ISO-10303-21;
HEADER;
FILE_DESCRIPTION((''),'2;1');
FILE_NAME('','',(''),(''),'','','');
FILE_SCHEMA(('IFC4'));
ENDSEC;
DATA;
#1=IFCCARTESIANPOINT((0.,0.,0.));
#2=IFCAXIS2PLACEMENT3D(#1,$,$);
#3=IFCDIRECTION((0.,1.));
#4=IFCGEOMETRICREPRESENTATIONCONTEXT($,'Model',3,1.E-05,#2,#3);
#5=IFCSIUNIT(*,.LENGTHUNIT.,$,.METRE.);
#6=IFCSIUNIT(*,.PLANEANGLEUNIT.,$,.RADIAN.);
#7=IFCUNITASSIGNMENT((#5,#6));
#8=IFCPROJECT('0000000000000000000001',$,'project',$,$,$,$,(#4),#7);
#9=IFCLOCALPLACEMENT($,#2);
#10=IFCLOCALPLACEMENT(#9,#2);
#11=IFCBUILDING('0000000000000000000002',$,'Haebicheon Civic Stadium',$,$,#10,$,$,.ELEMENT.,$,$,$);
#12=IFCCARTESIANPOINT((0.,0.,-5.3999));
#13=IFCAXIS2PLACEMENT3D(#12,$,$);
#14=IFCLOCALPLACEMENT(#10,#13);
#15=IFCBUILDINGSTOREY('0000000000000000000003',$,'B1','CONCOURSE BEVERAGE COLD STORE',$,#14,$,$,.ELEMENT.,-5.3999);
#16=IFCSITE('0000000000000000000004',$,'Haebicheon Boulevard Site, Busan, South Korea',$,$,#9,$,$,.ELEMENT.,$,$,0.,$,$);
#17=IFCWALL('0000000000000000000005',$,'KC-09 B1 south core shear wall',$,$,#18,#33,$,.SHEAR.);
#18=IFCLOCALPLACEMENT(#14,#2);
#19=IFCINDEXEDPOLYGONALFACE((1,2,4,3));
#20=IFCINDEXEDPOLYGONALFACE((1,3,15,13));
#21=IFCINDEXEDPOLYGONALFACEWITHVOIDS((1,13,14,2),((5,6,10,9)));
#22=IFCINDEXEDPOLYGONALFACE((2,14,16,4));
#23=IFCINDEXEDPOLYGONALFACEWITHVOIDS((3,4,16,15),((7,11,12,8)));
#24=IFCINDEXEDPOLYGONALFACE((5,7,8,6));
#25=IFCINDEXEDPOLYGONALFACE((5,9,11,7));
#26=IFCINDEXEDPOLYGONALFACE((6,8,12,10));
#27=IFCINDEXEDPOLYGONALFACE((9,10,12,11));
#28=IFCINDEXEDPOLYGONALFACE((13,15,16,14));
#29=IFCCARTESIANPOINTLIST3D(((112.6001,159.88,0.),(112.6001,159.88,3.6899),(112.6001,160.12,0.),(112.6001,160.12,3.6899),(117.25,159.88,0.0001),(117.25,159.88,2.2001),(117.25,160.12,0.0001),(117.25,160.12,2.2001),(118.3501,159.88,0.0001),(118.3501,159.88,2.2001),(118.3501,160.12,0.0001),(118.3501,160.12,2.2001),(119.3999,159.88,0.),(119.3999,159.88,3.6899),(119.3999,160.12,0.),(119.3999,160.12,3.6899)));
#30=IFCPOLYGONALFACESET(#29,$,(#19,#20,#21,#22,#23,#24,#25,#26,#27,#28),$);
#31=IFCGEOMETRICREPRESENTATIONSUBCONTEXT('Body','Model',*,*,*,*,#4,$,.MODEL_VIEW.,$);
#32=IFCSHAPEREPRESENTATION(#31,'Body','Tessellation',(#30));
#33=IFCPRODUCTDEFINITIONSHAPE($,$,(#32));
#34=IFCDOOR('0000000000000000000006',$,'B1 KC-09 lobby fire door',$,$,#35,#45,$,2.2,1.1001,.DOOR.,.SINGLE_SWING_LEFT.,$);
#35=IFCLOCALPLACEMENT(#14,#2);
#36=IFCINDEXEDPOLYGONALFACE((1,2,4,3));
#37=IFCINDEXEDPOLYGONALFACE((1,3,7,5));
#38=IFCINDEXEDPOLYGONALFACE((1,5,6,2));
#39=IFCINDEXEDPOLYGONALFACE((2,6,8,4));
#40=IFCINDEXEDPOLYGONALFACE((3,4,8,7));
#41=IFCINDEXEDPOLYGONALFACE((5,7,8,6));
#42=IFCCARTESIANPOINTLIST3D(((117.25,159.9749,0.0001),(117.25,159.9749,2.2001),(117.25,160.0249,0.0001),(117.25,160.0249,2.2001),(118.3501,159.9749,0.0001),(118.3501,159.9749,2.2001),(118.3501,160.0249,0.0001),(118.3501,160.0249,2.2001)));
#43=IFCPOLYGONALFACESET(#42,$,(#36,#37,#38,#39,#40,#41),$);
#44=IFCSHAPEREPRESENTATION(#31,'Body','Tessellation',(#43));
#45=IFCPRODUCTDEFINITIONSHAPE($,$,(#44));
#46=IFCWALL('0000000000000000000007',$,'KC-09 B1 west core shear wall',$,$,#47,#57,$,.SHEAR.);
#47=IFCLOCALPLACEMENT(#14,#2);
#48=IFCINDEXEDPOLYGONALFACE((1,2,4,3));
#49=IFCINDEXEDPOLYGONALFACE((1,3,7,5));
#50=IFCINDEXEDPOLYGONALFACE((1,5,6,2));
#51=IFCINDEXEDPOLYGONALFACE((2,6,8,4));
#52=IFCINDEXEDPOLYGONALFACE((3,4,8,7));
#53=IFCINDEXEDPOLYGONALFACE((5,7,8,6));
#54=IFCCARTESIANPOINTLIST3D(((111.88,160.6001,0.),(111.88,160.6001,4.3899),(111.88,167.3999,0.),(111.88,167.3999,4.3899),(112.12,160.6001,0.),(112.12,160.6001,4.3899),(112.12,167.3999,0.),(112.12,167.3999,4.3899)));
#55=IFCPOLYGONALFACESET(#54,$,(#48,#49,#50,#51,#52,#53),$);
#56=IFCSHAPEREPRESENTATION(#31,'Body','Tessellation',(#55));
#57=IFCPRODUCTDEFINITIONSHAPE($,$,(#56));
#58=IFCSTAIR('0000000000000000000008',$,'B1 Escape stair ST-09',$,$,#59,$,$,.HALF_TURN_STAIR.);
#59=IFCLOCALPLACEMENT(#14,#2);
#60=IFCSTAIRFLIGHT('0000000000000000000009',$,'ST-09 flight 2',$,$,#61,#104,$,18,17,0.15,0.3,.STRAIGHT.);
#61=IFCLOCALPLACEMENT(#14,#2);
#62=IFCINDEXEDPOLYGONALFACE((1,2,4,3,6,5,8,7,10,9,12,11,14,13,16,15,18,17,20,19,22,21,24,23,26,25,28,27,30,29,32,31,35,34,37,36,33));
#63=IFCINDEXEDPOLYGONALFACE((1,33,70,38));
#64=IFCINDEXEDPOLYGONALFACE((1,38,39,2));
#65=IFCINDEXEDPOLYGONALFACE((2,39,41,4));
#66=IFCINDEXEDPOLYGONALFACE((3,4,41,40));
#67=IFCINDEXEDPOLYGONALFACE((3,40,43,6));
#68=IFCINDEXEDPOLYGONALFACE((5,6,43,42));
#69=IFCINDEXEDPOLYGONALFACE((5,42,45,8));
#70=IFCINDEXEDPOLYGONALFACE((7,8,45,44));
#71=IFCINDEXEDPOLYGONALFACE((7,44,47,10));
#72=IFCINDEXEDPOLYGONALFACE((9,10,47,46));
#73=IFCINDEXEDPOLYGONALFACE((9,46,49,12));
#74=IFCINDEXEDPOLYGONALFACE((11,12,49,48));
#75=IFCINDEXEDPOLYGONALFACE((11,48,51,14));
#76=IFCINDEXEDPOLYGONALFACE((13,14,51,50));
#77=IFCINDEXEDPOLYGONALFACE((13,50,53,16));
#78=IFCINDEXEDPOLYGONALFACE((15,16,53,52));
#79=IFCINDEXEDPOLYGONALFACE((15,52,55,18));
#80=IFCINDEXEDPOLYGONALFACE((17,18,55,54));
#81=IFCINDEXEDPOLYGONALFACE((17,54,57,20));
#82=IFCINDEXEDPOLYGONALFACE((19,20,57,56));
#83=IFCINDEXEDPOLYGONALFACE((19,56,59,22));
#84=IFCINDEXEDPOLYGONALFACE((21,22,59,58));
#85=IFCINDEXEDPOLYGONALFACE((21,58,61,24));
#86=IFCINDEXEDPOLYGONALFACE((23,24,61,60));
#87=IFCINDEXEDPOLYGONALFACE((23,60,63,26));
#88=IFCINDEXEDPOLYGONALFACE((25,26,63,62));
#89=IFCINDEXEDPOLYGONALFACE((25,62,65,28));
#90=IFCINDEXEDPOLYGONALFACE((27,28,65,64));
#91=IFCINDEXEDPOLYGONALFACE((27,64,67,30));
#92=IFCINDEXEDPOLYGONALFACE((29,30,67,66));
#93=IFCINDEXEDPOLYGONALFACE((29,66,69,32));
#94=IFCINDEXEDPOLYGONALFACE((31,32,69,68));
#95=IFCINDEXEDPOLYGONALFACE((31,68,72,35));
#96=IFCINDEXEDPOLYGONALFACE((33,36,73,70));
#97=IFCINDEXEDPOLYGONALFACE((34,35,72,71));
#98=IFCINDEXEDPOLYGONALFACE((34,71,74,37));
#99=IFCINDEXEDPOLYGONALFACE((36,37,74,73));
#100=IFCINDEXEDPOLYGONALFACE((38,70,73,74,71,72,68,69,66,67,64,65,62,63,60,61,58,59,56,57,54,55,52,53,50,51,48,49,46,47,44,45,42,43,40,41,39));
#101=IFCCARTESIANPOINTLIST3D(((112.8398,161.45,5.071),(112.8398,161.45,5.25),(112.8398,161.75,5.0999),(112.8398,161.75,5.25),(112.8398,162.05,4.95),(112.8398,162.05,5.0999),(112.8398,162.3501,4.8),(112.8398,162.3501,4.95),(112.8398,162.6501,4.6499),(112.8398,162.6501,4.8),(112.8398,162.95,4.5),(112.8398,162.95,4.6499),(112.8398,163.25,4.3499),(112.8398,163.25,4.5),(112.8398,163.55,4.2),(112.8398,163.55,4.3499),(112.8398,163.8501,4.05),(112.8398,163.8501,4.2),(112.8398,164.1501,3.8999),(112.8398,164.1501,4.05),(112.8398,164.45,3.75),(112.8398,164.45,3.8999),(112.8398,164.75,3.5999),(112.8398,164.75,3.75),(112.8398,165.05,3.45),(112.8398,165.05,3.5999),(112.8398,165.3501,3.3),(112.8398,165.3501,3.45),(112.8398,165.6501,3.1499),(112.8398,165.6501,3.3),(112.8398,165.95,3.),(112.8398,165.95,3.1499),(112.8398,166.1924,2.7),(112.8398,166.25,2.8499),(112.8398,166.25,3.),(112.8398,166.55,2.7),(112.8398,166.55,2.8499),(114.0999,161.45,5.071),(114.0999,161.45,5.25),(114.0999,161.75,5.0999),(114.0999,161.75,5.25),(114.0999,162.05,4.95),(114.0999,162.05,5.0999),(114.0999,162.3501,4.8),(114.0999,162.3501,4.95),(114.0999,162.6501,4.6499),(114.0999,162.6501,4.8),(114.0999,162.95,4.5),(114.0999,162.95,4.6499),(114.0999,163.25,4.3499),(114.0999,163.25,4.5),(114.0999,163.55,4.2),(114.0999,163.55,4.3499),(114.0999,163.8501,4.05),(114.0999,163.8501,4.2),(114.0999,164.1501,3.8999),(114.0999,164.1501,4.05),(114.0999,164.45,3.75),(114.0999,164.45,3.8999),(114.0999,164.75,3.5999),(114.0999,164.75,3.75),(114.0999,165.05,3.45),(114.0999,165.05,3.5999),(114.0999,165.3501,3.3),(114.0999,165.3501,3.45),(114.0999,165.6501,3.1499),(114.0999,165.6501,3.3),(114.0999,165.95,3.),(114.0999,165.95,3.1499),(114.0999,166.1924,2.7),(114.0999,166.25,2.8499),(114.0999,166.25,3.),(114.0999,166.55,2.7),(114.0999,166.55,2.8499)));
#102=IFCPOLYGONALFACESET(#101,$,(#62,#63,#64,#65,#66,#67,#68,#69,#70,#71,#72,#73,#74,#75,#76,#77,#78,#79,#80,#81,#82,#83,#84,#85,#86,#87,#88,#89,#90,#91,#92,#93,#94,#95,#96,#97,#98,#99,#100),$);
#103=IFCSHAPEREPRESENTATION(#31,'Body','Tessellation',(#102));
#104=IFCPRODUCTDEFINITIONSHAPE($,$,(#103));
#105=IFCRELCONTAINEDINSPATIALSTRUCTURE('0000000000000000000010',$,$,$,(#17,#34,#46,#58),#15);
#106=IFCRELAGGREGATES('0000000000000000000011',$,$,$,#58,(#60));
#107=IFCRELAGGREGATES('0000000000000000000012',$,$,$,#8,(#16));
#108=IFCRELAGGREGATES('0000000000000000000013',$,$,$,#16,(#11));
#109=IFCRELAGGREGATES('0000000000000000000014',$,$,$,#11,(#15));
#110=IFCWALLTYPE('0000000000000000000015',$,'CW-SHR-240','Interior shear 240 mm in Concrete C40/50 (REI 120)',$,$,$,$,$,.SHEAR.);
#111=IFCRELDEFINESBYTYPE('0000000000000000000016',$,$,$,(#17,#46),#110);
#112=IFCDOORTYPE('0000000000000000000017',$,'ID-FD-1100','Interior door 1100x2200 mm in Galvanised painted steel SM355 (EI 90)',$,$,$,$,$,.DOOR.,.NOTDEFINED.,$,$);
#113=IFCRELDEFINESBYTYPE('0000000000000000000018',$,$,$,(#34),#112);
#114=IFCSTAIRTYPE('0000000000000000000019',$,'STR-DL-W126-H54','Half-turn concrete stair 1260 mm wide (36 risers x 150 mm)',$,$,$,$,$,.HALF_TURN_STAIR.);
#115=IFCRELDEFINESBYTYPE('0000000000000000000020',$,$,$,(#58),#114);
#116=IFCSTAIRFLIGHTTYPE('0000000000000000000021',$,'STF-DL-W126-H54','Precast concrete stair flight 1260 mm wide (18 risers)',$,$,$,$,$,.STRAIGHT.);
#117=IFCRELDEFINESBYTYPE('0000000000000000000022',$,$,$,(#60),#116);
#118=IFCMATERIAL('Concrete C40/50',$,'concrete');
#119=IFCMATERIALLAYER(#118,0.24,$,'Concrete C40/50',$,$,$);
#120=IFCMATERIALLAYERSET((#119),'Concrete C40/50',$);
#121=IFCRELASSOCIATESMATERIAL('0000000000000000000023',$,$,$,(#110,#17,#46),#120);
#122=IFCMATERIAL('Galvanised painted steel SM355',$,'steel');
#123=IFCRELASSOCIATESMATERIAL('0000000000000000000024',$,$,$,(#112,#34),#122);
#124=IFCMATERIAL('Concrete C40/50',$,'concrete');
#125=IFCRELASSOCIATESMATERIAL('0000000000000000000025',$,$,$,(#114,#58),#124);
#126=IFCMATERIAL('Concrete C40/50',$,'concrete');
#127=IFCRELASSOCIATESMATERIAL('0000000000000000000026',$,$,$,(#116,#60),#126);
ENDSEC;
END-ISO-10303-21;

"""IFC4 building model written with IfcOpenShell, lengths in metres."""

from ifc_helpers import new_model, si_unit, direction, frame, frame_2d, origin, place, context, subcontext, project, spatial, polyline, rectangle, outline, extrude, material, layer, layer_set, type_object, element, fill, aggregate, save


model = new_model("IFC4")

# Units and contexts
model_context = context("Model", 3, precision=1e-05, world=origin(), true_north=direction((0.0, 1.0)))
body_context = subcontext(model_context, "Body", "Model", "MODEL_VIEW")
ifc_project = project(units=[si_unit("LENGTHUNIT", "METRE"), si_unit("PLANEANGLEUNIT", "RADIAN")], contexts=[model_context])

# Site, building, storey
site_placement = place(None, origin())
site = spatial("IfcSite", under=ifc_project, at=site_placement, Name="Haebicheon Boulevard Site, Busan, South Korea", CompositionType="ELEMENT", RefElevation=0.0)
building_placement = place(site_placement, origin())
building = spatial("IfcBuilding", under=site, at=building_placement, Name="Haebicheon Civic Stadium", CompositionType="ELEMENT")
storey_placement = place(building_placement, frame((0.0, 0.0, -5.3999)))
storey = spatial("IfcBuildingStorey", under=building, at=storey_placement, Name="B1", Description="CONCOURSE BEVERAGE COLD STORE", CompositionType="ELEMENT", Elevation=-5.3999)

# Wall, opening, door
ifc_material_1 = material(Name="Concrete C40/50", Category="concrete")
ifc_layer_1 = layer(ifc_material_1, 0.24, Name="Concrete C40/50")
ifc_layer_set_1 = layer_set([ifc_layer_1], Name="Concrete C40/50")
wall_type = type_object("IfcWallType", Name="CW-SHR-240", Description="Interior shear 240 mm in Concrete C40/50 (REI 120)", PredefinedType="SHEAR", material=ifc_layer_set_1)
wall_1_placement = place(storey_placement, frame((112.6001, 160.0, 0.0), z_axis=(0.0, 0.0, 1.0), x_axis=(1.0, 0.0, 0.0)))
wall_1 = element("IfcWall", 1, at=wall_1_placement, inside=storey, type_object=wall_type, material=ifc_layer_set_1, Name="KC-09 B1 south core shear wall", PredefinedType="SHEAR", context=body_context, shape_type="SweptSolid", body=[
    extrude(rectangle(XDim=6.7998, YDim=0.24, at=frame_2d((3.3999, 0.0))), origin(), (0.0, 0.0, 1.0), 3.6899),
])
opening_placement = place(wall_1_placement, frame((4.6499, 0.0, 0.0)))
opening = element("IfcOpeningElement", 2, at=opening_placement, cuts=wall_1, PredefinedType="OPENING", context=body_context, shape_type="SweptSolid", body=[
    extrude(rectangle(XDim=1.1001, YDim=2.2, at=frame_2d((0.55, 1.1001))), frame((0.0, 0.1299, 0.0), z_axis=(0.0, -1.0, 0.0), x_axis=(1.0, 0.0, 0.0)), (0.0, 0.0, 1.0), 0.26),
])
ifc_material_2 = material(Name="Galvanised painted steel SM355", Category="steel")
door_type = type_object("IfcDoorType", Name="ID-FD-1100", Description="Interior door 1100x2200 mm in Galvanised painted steel SM355 (EI 90)", OperationType="NOTDEFINED", PredefinedType="DOOR", material=ifc_material_2)
door_placement = place(opening_placement, origin())
door = element("IfcDoor", 3, at=door_placement, inside=storey, type_object=door_type, material=ifc_material_2, Name="B1 KC-09 lobby fire door", OperationType="SINGLE_SWING_LEFT", OverallHeight=2.2, OverallWidth=1.1001, PredefinedType="DOOR", context=body_context, shape_type="SweptSolid", body=[
    extrude(rectangle(XDim=1.1001, YDim=2.2, at=frame_2d((0.55, 1.1001))), frame((0.0, 0.0249, 0.0), z_axis=(0.0, -1.0, 0.0), x_axis=(1.0, 0.0, 0.0)), (0.0, 0.0, 1.0), 0.05),
])
fill(opening, door)

# Wall
wall_2_placement = place(storey_placement, frame((112.0, 160.6001, 0.0), z_axis=(0.0, 0.0, 1.0), x_axis=(0.0, 1.0, 0.0)))
element("IfcWall", 4, at=wall_2_placement, inside=storey, type_object=wall_type, material=ifc_layer_set_1, Name="KC-09 B1 west core shear wall", PredefinedType="SHEAR", context=body_context, shape_type="SweptSolid", body=[
    extrude(rectangle(XDim=6.7998, YDim=0.24, at=frame_2d((3.3999, 0.0))), origin(), (0.0, 0.0, 1.0), 4.3899),
])

# Stair, stair flight
ifc_material_3 = material(Name="Concrete C40/50", Category="concrete")
stair_type = type_object("IfcStairType", Name="STR-DL-W126-H54", Description="Half-turn concrete stair 1260 mm wide (36 risers x 150 mm)", PredefinedType="HALF_TURN_STAIR", material=ifc_material_3)
stair_placement = place(storey_placement, origin())
stair = element("IfcStair", 5, at=stair_placement, inside=storey, type_object=stair_type, material=ifc_material_3, Name="B1 Escape stair ST-09", PredefinedType="HALF_TURN_STAIR")
ifc_material_4 = material(Name="Concrete C40/50", Category="concrete")
stair_flight_type = type_object("IfcStairFlightType", Name="STF-DL-W126-H54", Description="Precast concrete stair flight 1260 mm wide (18 risers)", PredefinedType="STRAIGHT", material=ifc_material_4)
stair_flight_placement = place(storey_placement, frame((113.47, 166.55, 2.7), z_axis=(0.0, 0.0, 1.0), x_axis=(0.0, -1.0, 0.0)))
stair_flight = element("IfcStairFlight", 6, at=stair_flight_placement, type_object=stair_flight_type, material=ifc_material_4, Name="ST-09 flight 2", NumberOfRisers=18, NumberOfTreads=17, PredefinedType="STRAIGHT", RiserHeight=0.15, TreadLength=0.3, context=body_context, shape_type="SweptSolid", body=[
    extrude(outline(polyline([(0.0, 0.0), (0.0, 0.1499), (0.3, 0.1499), (0.3, 0.3), (0.6001, 0.3), (0.6001, 0.45), (0.8999, 0.45), (0.8999, 0.6001), (1.2, 0.6001), (1.2, 0.75), (1.5, 0.75), (1.5, 0.8999), (1.8, 0.8999), (1.8, 1.05), (2.1001, 1.05), (2.1001, 1.2), (2.3999, 1.2), (2.3999, 1.3501), (2.7, 1.3501), (2.7, 1.5), (3.0, 1.5), (3.0, 1.6499), (3.3, 1.6499), (3.3, 1.8), (3.6001, 1.8), (3.6001, 1.95), (3.8999, 1.95), (3.8999, 2.1001), (4.2, 2.1001), (4.2, 2.25), (4.5, 2.25), (4.5, 2.3999), (4.8, 2.3999), (4.8, 2.55), (5.1001, 2.55), (5.1001, 2.7), (5.1001, 2.3711), (0.3577, 0.0), (0.0, 0.0)])), frame((0.0, 0.6299, 0.0), z_axis=(0.0, -1.0, 0.0), x_axis=(1.0, 0.0, 0.0)), (0.0, 0.0, 1.0), 1.26),
])
aggregate(stair, [stair_flight])

save(model, "model.ifc")
